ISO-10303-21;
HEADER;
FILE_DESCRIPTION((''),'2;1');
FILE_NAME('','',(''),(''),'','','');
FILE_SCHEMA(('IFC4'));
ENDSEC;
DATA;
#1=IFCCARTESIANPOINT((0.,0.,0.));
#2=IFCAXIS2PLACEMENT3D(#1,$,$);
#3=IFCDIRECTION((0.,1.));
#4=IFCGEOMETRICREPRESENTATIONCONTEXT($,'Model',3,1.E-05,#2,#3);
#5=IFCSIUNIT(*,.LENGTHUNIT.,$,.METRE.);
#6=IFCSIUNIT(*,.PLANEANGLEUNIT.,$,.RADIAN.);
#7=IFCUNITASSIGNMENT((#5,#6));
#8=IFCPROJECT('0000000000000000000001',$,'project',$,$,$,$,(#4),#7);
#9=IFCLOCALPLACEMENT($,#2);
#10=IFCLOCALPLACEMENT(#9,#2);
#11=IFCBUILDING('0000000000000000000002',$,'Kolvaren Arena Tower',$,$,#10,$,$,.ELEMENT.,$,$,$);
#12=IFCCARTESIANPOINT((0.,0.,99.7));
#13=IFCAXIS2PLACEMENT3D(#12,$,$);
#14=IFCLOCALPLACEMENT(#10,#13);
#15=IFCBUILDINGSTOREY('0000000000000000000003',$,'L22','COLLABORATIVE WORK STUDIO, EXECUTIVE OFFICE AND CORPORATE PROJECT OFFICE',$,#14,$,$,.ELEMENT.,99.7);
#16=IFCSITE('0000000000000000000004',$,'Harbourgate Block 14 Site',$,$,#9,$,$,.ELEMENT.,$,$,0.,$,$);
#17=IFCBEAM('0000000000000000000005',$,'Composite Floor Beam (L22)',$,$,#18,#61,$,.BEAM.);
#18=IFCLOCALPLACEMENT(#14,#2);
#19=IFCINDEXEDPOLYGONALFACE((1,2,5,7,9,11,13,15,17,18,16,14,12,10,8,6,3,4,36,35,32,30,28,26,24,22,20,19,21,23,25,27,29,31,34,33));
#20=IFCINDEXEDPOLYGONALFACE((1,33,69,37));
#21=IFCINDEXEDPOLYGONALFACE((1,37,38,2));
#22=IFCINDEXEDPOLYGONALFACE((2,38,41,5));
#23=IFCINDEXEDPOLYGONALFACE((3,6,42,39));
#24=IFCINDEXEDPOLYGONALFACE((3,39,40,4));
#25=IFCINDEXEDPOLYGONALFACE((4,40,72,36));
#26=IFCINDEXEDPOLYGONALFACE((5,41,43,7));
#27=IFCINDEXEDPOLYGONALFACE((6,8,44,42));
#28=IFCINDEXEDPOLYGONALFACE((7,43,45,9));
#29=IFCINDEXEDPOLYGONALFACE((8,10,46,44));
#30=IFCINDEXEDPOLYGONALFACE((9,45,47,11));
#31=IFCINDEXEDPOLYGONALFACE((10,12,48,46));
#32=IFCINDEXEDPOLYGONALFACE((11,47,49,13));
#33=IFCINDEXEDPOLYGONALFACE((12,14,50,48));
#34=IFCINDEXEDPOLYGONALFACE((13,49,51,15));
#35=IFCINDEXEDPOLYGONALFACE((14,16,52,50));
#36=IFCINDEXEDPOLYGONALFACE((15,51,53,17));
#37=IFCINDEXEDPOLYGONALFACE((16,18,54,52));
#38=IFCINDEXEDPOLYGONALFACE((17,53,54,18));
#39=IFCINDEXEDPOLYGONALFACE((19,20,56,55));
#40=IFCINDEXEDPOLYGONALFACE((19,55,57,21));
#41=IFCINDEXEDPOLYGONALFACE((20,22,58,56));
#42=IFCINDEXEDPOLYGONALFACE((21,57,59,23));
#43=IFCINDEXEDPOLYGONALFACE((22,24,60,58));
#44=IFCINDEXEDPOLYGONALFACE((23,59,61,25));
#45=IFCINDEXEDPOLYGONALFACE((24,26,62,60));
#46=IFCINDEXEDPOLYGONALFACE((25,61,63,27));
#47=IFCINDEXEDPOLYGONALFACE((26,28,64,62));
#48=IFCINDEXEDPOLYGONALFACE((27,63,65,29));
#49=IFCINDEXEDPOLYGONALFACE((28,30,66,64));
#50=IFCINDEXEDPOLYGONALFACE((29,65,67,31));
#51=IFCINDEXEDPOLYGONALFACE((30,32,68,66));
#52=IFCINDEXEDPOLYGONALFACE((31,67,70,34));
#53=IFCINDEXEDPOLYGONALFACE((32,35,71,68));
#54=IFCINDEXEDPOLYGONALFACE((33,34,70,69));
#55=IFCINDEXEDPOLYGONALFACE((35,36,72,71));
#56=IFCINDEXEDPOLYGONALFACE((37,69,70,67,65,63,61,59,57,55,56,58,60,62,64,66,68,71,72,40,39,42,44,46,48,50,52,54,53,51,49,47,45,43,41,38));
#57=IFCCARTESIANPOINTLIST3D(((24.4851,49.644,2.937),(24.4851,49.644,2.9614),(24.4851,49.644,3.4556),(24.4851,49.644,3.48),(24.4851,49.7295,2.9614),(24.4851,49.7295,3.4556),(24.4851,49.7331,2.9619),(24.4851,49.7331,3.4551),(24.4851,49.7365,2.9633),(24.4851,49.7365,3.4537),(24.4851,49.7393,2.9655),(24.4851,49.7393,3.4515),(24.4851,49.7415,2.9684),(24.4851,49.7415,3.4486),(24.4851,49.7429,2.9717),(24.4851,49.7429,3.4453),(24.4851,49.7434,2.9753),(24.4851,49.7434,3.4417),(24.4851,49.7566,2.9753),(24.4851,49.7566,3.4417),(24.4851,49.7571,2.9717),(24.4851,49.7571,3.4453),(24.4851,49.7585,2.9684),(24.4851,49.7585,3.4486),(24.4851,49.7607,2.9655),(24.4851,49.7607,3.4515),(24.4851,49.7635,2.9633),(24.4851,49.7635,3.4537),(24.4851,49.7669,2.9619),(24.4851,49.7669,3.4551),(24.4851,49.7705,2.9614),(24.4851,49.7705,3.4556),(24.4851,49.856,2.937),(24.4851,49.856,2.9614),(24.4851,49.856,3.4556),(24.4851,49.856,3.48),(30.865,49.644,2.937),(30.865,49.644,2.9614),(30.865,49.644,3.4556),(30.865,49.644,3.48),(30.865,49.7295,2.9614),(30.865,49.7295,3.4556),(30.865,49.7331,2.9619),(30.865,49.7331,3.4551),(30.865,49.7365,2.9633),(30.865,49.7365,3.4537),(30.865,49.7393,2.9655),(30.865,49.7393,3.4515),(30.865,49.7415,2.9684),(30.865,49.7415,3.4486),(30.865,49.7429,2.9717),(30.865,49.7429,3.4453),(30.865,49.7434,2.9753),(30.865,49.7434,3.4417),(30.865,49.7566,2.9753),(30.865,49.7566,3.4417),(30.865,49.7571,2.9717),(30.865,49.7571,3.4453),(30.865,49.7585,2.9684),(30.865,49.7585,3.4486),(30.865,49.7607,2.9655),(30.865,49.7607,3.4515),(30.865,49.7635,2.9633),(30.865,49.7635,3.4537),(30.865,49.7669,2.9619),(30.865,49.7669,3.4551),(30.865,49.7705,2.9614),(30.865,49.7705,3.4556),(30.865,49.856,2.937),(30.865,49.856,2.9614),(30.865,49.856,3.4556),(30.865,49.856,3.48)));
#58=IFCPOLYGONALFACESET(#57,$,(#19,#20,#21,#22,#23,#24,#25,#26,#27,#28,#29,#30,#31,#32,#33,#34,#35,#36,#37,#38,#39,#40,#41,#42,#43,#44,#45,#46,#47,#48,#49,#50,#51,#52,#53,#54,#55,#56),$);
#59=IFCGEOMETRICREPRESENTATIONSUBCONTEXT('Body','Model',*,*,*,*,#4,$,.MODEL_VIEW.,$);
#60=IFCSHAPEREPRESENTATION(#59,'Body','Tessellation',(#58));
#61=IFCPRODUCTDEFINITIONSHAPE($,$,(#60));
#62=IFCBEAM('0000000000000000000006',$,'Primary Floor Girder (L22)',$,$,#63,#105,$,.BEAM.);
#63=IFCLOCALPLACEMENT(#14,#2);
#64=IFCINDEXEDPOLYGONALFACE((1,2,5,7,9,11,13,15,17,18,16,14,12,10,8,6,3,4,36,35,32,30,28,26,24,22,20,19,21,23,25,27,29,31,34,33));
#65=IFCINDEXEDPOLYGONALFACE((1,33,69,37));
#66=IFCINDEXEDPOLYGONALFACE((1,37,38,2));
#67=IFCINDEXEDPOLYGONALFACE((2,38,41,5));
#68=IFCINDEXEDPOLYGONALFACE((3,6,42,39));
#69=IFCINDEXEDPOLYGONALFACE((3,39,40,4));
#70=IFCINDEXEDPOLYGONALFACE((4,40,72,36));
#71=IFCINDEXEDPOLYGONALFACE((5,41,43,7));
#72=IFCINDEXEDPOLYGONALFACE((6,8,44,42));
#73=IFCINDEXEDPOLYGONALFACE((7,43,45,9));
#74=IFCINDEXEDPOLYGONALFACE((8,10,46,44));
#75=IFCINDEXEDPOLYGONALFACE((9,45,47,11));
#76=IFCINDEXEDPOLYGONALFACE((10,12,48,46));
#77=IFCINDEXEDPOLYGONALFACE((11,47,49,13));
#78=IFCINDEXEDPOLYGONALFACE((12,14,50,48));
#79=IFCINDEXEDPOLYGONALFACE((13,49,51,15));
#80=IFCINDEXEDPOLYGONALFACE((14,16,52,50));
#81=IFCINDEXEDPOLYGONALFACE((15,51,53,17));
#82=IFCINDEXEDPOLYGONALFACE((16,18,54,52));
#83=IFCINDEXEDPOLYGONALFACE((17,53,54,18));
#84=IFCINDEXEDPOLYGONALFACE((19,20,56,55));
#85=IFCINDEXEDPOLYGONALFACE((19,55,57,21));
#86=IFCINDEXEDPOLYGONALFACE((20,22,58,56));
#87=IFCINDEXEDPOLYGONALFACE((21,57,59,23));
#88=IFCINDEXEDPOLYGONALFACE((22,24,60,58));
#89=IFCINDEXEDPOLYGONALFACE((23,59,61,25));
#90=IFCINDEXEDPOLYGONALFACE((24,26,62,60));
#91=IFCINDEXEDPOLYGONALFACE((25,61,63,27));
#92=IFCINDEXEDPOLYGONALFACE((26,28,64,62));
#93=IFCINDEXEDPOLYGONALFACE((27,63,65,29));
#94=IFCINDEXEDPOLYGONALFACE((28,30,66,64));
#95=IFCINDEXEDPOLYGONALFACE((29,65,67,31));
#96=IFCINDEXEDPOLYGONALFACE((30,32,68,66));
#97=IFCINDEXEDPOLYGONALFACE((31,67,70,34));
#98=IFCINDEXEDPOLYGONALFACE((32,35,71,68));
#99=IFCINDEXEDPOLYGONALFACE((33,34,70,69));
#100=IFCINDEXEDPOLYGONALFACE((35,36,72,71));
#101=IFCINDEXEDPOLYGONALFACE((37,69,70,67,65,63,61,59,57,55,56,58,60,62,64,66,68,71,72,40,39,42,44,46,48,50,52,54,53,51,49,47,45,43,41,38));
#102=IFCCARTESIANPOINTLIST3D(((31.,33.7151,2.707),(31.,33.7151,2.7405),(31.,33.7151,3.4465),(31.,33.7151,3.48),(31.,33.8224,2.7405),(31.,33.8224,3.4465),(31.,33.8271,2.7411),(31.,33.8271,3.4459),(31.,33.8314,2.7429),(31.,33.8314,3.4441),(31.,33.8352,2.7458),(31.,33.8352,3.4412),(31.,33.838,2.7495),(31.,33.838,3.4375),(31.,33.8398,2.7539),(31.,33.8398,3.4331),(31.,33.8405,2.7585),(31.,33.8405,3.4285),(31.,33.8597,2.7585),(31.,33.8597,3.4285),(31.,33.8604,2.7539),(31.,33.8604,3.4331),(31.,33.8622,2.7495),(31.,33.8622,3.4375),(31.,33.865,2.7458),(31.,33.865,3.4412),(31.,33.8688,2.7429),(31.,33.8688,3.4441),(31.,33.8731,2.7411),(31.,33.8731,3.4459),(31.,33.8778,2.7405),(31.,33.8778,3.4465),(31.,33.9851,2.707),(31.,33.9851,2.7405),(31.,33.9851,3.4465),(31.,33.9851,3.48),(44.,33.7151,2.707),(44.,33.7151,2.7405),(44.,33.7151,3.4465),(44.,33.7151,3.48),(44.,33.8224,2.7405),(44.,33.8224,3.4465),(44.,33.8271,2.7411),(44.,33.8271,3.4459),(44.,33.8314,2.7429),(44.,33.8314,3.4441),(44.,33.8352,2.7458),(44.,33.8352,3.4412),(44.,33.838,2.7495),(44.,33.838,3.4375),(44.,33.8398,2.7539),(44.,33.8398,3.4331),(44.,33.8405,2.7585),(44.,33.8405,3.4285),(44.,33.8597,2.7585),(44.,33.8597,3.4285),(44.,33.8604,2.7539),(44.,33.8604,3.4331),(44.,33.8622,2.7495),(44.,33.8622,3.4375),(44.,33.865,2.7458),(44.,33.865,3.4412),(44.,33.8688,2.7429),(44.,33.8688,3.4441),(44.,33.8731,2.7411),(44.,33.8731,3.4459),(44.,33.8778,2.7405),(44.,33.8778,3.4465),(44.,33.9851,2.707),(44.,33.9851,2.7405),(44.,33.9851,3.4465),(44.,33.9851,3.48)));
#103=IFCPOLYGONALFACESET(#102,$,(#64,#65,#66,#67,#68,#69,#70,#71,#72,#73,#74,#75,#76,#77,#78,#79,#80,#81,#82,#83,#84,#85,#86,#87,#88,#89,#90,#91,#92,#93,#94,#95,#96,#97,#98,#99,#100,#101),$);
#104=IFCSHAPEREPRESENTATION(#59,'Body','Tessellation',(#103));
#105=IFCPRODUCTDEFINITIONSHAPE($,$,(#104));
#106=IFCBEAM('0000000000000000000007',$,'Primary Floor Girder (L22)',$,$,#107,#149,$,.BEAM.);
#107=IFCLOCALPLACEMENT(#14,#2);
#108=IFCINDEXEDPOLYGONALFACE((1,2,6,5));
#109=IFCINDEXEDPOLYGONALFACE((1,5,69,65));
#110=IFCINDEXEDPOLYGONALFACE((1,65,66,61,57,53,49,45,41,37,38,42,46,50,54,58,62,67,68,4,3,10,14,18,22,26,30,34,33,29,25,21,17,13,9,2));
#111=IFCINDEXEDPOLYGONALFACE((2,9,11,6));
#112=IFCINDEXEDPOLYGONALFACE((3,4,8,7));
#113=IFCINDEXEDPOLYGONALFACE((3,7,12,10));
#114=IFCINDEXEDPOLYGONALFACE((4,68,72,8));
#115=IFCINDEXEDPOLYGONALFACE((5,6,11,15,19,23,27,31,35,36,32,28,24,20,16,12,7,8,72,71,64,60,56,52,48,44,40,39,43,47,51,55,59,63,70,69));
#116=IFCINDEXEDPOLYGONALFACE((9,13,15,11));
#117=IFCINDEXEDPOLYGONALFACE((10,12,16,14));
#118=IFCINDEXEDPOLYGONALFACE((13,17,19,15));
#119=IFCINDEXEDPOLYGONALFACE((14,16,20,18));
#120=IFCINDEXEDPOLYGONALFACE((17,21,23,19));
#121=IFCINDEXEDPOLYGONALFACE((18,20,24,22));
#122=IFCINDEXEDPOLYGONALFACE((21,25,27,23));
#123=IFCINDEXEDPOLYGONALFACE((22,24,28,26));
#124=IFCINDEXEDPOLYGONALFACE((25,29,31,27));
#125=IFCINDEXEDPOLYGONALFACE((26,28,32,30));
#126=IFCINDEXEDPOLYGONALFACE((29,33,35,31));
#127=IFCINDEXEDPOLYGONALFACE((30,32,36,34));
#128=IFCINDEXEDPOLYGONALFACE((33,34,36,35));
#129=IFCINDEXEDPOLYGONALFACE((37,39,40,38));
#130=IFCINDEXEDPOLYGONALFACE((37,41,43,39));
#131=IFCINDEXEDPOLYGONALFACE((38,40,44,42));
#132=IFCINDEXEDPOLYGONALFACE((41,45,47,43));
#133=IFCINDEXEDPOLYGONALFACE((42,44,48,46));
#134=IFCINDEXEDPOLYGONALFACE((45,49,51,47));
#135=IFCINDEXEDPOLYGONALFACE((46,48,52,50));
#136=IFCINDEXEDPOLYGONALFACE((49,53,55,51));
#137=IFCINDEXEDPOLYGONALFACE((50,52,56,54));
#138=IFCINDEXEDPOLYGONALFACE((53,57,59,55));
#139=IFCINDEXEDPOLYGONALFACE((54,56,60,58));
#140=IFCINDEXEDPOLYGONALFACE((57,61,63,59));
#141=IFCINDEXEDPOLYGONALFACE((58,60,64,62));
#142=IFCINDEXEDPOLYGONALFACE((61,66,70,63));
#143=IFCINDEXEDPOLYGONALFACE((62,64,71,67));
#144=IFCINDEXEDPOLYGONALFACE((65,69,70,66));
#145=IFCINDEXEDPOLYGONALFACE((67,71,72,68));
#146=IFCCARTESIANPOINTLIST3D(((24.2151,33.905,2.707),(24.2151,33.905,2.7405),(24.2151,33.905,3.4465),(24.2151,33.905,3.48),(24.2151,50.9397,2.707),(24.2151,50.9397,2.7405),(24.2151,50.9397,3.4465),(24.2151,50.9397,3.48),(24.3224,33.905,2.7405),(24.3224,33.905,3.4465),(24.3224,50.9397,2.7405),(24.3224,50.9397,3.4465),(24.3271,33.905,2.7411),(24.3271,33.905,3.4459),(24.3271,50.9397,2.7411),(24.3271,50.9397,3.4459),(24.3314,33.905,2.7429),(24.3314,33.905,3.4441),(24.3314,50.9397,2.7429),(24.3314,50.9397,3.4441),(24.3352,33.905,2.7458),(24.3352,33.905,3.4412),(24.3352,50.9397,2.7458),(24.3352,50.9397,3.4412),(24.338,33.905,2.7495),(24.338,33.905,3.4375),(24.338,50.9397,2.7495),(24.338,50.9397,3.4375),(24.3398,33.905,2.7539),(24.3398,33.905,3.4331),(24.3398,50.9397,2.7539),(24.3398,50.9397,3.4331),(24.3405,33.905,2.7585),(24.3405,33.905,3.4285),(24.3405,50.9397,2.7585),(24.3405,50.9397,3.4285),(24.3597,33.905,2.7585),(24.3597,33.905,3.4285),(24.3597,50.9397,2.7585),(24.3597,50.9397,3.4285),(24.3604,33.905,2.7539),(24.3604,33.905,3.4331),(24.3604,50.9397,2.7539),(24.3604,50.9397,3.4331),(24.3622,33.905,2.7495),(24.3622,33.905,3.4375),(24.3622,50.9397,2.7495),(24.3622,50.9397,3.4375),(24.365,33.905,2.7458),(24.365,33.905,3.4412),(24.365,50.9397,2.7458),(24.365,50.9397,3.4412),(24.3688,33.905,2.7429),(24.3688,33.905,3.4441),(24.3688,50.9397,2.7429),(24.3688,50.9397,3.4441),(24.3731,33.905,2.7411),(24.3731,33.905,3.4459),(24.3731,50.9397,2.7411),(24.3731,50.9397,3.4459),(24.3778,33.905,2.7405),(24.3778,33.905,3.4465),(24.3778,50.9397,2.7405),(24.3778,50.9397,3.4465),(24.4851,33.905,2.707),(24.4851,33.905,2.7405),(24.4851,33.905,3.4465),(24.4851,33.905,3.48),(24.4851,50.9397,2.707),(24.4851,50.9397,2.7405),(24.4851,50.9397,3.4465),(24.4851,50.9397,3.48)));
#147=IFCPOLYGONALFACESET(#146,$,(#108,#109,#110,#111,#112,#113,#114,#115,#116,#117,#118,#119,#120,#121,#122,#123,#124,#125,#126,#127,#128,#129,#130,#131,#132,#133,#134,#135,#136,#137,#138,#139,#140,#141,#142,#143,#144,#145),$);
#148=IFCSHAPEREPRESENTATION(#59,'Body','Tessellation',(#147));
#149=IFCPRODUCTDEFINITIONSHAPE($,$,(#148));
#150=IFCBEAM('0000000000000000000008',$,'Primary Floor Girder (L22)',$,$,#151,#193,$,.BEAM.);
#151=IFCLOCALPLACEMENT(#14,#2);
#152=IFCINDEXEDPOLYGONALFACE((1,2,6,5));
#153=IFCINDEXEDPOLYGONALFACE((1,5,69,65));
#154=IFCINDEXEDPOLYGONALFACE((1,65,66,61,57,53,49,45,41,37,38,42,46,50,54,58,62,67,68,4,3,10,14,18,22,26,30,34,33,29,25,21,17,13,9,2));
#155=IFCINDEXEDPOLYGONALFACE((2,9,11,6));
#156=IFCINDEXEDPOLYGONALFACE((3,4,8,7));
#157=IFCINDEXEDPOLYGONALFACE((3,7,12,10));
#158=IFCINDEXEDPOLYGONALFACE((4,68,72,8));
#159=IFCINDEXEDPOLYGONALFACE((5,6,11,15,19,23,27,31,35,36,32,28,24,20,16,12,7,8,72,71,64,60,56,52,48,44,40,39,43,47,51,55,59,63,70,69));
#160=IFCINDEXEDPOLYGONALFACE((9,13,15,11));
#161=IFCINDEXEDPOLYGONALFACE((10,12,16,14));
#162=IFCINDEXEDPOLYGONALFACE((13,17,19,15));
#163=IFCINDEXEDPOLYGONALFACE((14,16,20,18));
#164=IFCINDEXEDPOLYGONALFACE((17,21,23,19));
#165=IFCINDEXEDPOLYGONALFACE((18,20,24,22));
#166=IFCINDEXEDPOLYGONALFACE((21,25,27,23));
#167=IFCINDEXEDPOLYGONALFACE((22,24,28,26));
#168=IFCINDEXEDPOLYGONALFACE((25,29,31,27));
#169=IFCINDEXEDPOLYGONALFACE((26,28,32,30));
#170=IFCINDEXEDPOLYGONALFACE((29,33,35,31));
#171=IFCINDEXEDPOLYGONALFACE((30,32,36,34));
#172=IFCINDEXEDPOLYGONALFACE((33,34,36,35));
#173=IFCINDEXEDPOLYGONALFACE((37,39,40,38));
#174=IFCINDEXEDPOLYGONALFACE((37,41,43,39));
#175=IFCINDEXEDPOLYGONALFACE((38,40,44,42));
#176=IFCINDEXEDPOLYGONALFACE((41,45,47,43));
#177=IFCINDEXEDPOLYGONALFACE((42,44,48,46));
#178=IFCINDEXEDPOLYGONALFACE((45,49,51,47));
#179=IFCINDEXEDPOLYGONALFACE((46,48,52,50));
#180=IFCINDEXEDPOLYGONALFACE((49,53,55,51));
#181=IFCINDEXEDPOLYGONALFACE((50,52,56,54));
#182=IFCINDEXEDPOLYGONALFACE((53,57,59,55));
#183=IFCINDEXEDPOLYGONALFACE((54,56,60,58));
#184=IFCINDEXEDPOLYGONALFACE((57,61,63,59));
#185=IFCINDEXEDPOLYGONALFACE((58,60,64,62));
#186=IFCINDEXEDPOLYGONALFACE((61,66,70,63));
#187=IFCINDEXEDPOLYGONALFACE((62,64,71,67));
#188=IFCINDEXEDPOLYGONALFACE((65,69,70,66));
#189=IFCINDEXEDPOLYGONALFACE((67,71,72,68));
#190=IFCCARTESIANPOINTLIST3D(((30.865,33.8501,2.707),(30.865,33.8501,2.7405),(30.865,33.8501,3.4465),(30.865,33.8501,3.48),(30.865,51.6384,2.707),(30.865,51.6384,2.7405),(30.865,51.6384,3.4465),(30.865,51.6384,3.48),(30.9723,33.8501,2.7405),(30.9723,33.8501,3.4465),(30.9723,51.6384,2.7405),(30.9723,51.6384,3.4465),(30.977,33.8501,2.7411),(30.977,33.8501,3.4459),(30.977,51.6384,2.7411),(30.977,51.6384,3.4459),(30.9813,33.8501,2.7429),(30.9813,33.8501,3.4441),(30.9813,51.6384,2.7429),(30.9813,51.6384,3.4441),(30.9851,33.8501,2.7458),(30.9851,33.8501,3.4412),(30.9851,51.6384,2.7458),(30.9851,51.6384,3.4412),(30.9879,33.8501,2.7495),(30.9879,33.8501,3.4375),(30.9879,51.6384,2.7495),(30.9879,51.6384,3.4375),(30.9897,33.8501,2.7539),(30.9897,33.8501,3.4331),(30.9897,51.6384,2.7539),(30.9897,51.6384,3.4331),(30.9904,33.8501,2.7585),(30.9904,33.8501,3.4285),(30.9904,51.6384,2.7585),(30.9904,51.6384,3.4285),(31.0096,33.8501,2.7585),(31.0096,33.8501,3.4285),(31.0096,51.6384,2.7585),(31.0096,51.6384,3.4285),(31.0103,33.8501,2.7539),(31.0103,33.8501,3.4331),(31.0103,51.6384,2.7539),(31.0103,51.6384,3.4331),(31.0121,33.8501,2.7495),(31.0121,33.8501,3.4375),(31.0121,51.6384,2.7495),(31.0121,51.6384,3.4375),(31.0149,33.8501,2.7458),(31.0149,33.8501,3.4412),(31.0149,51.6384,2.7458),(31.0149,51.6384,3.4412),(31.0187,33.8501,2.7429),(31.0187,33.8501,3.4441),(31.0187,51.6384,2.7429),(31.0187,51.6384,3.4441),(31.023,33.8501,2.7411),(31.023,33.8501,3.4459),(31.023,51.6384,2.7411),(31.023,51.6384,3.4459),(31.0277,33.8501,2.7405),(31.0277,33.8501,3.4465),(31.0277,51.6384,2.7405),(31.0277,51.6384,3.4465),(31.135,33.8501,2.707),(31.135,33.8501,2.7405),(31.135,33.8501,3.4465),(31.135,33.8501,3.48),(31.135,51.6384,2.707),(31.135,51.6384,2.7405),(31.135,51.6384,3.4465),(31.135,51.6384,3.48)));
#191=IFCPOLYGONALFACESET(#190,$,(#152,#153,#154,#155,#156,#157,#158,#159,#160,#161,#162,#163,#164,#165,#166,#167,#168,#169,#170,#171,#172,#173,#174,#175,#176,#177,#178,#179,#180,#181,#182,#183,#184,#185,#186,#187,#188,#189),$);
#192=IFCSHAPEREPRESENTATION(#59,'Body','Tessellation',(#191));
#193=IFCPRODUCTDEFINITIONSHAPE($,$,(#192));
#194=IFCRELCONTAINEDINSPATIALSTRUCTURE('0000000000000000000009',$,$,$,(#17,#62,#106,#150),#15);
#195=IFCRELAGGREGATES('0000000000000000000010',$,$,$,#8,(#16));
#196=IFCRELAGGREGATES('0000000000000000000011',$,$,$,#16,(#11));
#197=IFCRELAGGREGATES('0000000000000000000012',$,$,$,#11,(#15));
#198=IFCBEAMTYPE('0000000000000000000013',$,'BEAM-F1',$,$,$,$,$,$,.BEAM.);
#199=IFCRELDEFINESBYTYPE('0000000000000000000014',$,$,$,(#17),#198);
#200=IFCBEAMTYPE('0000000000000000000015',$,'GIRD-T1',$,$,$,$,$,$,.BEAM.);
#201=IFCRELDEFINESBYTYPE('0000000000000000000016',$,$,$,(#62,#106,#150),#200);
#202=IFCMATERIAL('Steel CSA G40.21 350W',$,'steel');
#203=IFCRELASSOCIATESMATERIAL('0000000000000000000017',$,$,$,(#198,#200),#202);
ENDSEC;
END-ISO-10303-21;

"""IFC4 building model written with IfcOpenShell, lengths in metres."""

from ifc_helpers import new_model, si_unit, direction, frame, origin, origin_2d, place, context, subcontext, project, spatial, i_section, extrude, material, material_profile, profile_set, type_object, element, save


model = new_model("IFC4")

# Units and contexts
model_context = context("Model", 3, precision=1e-05, world=origin(), true_north=direction((0.0, 1.0)))
body_context = subcontext(model_context, "Body", "Model", "MODEL_VIEW")
ifc_project = project(units=[si_unit("LENGTHUNIT", "METRE"), si_unit("PLANEANGLEUNIT", "RADIAN")], contexts=[model_context])

# Site, building, storey
site_placement = place(None, origin())
site = spatial("IfcSite", under=ifc_project, at=site_placement, Name="Harbourgate Block 14 Site", CompositionType="ELEMENT", RefElevation=0.0)
building_placement = place(site_placement, origin())
building = spatial("IfcBuilding", under=site, at=building_placement, Name="Kolvaren Arena Tower", CompositionType="ELEMENT")
storey_placement = place(building_placement, frame((0.0, 0.0, 99.7)))
storey = spatial("IfcBuildingStorey", under=building, at=storey_placement, Name="L22", Description="COLLABORATIVE WORK STUDIO, EXECUTIVE OFFICE AND CORPORATE PROJECT OFFICE", CompositionType="ELEMENT", Elevation=99.7)

# Beams
ifc_material_1 = material(Name="Steel CSA G40.21 350W", Category="steel")
ifc_material_profile_1 = material_profile(ifc_material_1, i_section(OverallWidth=0.2119, OverallDepth=0.543, WebThickness=0.0132, FlangeThickness=0.0244, FilletRadius=0.0139, at=origin_2d()), Name="W530x150")
ifc_profile_set_1 = profile_set([ifc_material_profile_1], Name="Steel CSA G40.21 350W")
beam_type_1 = type_object("IfcBeamType", Name="BEAM-F1", PredefinedType="BEAM", material=ifc_profile_set_1)
for number, where, z_axis, x_axis, name in (
    (1, (24.4851, 49.75, 3.2085), (1.0, 0.0, 0.0), (0.0, 1.0, 0.0), "Composite Floor Beam (L22)"),
):
    element("IfcBeam", number, at=place(storey_placement, frame(where, z_axis=z_axis, x_axis=x_axis)), inside=storey, type_object=beam_type_1, Name=name, PredefinedType="BEAM", context=body_context, shape_type="SweptSolid", body=[
        extrude(i_section(OverallWidth=0.2119, OverallDepth=0.543, WebThickness=0.0132, FlangeThickness=0.0244, FilletRadius=0.0139, at=origin_2d()), origin(), (0.0, 0.0, 1.0), 6.3799),
    ])
ifc_material_profile_2 = material_profile(ifc_material_1, i_section(OverallWidth=0.27, OverallDepth=0.7729, WebThickness=0.0193, FlangeThickness=0.0334, FilletRadius=0.0181, at=origin_2d()), Name="W760x257")
ifc_profile_set_2 = profile_set([ifc_material_profile_2], Name="Steel CSA G40.21 350W")
beam_type_2 = type_object("IfcBeamType", Name="GIRD-T1", PredefinedType="BEAM", material=ifc_profile_set_2)
beam_1_placement = place(storey_placement, frame((31.0, 33.8501, 3.0935), z_axis=(1.0, 0.0, 0.0), x_axis=(0.0, 1.0, 0.0)))
element("IfcBeam", 2, at=beam_1_placement, inside=storey, type_object=beam_type_2, Name="Primary Floor Girder (L22)", PredefinedType="BEAM", context=body_context, shape_type="SweptSolid", body=[
    extrude(i_section(OverallWidth=0.27, OverallDepth=0.7729, WebThickness=0.0193, FlangeThickness=0.0334, FilletRadius=0.0181, at=origin_2d()), origin(), (0.0, 0.0, 1.0), 13.0),
])
beam_2_placement = place(storey_placement, frame((24.3501, 33.905, 3.0935), z_axis=(0.0, 1.0, 0.0), x_axis=(-1.0, 0.0, 0.0)))
element("IfcBeam", 3, at=beam_2_placement, inside=storey, type_object=beam_type_2, Name="Primary Floor Girder (L22)", PredefinedType="BEAM", context=body_context, shape_type="SweptSolid", body=[
    extrude(i_section(OverallWidth=0.27, OverallDepth=0.7729, WebThickness=0.0193, FlangeThickness=0.0334, FilletRadius=0.0181, at=origin_2d()), origin(), (0.0, 0.0, 1.0), 17.0347),
])
beam_3_placement = place(storey_placement, frame((31.0, 33.8501, 3.0935), z_axis=(0.0, 1.0, 0.0), x_axis=(-1.0, 0.0, 0.0)))
element("IfcBeam", 4, at=beam_3_placement, inside=storey, type_object=beam_type_2, Name="Primary Floor Girder (L22)", PredefinedType="BEAM", context=body_context, shape_type="SweptSolid", body=[
    extrude(i_section(OverallWidth=0.27, OverallDepth=0.7729, WebThickness=0.0193, FlangeThickness=0.0334, FilletRadius=0.0181, at=origin_2d()), origin(), (0.0, 0.0, 1.0), 17.7883),
])

save(model, "model.ifc")
